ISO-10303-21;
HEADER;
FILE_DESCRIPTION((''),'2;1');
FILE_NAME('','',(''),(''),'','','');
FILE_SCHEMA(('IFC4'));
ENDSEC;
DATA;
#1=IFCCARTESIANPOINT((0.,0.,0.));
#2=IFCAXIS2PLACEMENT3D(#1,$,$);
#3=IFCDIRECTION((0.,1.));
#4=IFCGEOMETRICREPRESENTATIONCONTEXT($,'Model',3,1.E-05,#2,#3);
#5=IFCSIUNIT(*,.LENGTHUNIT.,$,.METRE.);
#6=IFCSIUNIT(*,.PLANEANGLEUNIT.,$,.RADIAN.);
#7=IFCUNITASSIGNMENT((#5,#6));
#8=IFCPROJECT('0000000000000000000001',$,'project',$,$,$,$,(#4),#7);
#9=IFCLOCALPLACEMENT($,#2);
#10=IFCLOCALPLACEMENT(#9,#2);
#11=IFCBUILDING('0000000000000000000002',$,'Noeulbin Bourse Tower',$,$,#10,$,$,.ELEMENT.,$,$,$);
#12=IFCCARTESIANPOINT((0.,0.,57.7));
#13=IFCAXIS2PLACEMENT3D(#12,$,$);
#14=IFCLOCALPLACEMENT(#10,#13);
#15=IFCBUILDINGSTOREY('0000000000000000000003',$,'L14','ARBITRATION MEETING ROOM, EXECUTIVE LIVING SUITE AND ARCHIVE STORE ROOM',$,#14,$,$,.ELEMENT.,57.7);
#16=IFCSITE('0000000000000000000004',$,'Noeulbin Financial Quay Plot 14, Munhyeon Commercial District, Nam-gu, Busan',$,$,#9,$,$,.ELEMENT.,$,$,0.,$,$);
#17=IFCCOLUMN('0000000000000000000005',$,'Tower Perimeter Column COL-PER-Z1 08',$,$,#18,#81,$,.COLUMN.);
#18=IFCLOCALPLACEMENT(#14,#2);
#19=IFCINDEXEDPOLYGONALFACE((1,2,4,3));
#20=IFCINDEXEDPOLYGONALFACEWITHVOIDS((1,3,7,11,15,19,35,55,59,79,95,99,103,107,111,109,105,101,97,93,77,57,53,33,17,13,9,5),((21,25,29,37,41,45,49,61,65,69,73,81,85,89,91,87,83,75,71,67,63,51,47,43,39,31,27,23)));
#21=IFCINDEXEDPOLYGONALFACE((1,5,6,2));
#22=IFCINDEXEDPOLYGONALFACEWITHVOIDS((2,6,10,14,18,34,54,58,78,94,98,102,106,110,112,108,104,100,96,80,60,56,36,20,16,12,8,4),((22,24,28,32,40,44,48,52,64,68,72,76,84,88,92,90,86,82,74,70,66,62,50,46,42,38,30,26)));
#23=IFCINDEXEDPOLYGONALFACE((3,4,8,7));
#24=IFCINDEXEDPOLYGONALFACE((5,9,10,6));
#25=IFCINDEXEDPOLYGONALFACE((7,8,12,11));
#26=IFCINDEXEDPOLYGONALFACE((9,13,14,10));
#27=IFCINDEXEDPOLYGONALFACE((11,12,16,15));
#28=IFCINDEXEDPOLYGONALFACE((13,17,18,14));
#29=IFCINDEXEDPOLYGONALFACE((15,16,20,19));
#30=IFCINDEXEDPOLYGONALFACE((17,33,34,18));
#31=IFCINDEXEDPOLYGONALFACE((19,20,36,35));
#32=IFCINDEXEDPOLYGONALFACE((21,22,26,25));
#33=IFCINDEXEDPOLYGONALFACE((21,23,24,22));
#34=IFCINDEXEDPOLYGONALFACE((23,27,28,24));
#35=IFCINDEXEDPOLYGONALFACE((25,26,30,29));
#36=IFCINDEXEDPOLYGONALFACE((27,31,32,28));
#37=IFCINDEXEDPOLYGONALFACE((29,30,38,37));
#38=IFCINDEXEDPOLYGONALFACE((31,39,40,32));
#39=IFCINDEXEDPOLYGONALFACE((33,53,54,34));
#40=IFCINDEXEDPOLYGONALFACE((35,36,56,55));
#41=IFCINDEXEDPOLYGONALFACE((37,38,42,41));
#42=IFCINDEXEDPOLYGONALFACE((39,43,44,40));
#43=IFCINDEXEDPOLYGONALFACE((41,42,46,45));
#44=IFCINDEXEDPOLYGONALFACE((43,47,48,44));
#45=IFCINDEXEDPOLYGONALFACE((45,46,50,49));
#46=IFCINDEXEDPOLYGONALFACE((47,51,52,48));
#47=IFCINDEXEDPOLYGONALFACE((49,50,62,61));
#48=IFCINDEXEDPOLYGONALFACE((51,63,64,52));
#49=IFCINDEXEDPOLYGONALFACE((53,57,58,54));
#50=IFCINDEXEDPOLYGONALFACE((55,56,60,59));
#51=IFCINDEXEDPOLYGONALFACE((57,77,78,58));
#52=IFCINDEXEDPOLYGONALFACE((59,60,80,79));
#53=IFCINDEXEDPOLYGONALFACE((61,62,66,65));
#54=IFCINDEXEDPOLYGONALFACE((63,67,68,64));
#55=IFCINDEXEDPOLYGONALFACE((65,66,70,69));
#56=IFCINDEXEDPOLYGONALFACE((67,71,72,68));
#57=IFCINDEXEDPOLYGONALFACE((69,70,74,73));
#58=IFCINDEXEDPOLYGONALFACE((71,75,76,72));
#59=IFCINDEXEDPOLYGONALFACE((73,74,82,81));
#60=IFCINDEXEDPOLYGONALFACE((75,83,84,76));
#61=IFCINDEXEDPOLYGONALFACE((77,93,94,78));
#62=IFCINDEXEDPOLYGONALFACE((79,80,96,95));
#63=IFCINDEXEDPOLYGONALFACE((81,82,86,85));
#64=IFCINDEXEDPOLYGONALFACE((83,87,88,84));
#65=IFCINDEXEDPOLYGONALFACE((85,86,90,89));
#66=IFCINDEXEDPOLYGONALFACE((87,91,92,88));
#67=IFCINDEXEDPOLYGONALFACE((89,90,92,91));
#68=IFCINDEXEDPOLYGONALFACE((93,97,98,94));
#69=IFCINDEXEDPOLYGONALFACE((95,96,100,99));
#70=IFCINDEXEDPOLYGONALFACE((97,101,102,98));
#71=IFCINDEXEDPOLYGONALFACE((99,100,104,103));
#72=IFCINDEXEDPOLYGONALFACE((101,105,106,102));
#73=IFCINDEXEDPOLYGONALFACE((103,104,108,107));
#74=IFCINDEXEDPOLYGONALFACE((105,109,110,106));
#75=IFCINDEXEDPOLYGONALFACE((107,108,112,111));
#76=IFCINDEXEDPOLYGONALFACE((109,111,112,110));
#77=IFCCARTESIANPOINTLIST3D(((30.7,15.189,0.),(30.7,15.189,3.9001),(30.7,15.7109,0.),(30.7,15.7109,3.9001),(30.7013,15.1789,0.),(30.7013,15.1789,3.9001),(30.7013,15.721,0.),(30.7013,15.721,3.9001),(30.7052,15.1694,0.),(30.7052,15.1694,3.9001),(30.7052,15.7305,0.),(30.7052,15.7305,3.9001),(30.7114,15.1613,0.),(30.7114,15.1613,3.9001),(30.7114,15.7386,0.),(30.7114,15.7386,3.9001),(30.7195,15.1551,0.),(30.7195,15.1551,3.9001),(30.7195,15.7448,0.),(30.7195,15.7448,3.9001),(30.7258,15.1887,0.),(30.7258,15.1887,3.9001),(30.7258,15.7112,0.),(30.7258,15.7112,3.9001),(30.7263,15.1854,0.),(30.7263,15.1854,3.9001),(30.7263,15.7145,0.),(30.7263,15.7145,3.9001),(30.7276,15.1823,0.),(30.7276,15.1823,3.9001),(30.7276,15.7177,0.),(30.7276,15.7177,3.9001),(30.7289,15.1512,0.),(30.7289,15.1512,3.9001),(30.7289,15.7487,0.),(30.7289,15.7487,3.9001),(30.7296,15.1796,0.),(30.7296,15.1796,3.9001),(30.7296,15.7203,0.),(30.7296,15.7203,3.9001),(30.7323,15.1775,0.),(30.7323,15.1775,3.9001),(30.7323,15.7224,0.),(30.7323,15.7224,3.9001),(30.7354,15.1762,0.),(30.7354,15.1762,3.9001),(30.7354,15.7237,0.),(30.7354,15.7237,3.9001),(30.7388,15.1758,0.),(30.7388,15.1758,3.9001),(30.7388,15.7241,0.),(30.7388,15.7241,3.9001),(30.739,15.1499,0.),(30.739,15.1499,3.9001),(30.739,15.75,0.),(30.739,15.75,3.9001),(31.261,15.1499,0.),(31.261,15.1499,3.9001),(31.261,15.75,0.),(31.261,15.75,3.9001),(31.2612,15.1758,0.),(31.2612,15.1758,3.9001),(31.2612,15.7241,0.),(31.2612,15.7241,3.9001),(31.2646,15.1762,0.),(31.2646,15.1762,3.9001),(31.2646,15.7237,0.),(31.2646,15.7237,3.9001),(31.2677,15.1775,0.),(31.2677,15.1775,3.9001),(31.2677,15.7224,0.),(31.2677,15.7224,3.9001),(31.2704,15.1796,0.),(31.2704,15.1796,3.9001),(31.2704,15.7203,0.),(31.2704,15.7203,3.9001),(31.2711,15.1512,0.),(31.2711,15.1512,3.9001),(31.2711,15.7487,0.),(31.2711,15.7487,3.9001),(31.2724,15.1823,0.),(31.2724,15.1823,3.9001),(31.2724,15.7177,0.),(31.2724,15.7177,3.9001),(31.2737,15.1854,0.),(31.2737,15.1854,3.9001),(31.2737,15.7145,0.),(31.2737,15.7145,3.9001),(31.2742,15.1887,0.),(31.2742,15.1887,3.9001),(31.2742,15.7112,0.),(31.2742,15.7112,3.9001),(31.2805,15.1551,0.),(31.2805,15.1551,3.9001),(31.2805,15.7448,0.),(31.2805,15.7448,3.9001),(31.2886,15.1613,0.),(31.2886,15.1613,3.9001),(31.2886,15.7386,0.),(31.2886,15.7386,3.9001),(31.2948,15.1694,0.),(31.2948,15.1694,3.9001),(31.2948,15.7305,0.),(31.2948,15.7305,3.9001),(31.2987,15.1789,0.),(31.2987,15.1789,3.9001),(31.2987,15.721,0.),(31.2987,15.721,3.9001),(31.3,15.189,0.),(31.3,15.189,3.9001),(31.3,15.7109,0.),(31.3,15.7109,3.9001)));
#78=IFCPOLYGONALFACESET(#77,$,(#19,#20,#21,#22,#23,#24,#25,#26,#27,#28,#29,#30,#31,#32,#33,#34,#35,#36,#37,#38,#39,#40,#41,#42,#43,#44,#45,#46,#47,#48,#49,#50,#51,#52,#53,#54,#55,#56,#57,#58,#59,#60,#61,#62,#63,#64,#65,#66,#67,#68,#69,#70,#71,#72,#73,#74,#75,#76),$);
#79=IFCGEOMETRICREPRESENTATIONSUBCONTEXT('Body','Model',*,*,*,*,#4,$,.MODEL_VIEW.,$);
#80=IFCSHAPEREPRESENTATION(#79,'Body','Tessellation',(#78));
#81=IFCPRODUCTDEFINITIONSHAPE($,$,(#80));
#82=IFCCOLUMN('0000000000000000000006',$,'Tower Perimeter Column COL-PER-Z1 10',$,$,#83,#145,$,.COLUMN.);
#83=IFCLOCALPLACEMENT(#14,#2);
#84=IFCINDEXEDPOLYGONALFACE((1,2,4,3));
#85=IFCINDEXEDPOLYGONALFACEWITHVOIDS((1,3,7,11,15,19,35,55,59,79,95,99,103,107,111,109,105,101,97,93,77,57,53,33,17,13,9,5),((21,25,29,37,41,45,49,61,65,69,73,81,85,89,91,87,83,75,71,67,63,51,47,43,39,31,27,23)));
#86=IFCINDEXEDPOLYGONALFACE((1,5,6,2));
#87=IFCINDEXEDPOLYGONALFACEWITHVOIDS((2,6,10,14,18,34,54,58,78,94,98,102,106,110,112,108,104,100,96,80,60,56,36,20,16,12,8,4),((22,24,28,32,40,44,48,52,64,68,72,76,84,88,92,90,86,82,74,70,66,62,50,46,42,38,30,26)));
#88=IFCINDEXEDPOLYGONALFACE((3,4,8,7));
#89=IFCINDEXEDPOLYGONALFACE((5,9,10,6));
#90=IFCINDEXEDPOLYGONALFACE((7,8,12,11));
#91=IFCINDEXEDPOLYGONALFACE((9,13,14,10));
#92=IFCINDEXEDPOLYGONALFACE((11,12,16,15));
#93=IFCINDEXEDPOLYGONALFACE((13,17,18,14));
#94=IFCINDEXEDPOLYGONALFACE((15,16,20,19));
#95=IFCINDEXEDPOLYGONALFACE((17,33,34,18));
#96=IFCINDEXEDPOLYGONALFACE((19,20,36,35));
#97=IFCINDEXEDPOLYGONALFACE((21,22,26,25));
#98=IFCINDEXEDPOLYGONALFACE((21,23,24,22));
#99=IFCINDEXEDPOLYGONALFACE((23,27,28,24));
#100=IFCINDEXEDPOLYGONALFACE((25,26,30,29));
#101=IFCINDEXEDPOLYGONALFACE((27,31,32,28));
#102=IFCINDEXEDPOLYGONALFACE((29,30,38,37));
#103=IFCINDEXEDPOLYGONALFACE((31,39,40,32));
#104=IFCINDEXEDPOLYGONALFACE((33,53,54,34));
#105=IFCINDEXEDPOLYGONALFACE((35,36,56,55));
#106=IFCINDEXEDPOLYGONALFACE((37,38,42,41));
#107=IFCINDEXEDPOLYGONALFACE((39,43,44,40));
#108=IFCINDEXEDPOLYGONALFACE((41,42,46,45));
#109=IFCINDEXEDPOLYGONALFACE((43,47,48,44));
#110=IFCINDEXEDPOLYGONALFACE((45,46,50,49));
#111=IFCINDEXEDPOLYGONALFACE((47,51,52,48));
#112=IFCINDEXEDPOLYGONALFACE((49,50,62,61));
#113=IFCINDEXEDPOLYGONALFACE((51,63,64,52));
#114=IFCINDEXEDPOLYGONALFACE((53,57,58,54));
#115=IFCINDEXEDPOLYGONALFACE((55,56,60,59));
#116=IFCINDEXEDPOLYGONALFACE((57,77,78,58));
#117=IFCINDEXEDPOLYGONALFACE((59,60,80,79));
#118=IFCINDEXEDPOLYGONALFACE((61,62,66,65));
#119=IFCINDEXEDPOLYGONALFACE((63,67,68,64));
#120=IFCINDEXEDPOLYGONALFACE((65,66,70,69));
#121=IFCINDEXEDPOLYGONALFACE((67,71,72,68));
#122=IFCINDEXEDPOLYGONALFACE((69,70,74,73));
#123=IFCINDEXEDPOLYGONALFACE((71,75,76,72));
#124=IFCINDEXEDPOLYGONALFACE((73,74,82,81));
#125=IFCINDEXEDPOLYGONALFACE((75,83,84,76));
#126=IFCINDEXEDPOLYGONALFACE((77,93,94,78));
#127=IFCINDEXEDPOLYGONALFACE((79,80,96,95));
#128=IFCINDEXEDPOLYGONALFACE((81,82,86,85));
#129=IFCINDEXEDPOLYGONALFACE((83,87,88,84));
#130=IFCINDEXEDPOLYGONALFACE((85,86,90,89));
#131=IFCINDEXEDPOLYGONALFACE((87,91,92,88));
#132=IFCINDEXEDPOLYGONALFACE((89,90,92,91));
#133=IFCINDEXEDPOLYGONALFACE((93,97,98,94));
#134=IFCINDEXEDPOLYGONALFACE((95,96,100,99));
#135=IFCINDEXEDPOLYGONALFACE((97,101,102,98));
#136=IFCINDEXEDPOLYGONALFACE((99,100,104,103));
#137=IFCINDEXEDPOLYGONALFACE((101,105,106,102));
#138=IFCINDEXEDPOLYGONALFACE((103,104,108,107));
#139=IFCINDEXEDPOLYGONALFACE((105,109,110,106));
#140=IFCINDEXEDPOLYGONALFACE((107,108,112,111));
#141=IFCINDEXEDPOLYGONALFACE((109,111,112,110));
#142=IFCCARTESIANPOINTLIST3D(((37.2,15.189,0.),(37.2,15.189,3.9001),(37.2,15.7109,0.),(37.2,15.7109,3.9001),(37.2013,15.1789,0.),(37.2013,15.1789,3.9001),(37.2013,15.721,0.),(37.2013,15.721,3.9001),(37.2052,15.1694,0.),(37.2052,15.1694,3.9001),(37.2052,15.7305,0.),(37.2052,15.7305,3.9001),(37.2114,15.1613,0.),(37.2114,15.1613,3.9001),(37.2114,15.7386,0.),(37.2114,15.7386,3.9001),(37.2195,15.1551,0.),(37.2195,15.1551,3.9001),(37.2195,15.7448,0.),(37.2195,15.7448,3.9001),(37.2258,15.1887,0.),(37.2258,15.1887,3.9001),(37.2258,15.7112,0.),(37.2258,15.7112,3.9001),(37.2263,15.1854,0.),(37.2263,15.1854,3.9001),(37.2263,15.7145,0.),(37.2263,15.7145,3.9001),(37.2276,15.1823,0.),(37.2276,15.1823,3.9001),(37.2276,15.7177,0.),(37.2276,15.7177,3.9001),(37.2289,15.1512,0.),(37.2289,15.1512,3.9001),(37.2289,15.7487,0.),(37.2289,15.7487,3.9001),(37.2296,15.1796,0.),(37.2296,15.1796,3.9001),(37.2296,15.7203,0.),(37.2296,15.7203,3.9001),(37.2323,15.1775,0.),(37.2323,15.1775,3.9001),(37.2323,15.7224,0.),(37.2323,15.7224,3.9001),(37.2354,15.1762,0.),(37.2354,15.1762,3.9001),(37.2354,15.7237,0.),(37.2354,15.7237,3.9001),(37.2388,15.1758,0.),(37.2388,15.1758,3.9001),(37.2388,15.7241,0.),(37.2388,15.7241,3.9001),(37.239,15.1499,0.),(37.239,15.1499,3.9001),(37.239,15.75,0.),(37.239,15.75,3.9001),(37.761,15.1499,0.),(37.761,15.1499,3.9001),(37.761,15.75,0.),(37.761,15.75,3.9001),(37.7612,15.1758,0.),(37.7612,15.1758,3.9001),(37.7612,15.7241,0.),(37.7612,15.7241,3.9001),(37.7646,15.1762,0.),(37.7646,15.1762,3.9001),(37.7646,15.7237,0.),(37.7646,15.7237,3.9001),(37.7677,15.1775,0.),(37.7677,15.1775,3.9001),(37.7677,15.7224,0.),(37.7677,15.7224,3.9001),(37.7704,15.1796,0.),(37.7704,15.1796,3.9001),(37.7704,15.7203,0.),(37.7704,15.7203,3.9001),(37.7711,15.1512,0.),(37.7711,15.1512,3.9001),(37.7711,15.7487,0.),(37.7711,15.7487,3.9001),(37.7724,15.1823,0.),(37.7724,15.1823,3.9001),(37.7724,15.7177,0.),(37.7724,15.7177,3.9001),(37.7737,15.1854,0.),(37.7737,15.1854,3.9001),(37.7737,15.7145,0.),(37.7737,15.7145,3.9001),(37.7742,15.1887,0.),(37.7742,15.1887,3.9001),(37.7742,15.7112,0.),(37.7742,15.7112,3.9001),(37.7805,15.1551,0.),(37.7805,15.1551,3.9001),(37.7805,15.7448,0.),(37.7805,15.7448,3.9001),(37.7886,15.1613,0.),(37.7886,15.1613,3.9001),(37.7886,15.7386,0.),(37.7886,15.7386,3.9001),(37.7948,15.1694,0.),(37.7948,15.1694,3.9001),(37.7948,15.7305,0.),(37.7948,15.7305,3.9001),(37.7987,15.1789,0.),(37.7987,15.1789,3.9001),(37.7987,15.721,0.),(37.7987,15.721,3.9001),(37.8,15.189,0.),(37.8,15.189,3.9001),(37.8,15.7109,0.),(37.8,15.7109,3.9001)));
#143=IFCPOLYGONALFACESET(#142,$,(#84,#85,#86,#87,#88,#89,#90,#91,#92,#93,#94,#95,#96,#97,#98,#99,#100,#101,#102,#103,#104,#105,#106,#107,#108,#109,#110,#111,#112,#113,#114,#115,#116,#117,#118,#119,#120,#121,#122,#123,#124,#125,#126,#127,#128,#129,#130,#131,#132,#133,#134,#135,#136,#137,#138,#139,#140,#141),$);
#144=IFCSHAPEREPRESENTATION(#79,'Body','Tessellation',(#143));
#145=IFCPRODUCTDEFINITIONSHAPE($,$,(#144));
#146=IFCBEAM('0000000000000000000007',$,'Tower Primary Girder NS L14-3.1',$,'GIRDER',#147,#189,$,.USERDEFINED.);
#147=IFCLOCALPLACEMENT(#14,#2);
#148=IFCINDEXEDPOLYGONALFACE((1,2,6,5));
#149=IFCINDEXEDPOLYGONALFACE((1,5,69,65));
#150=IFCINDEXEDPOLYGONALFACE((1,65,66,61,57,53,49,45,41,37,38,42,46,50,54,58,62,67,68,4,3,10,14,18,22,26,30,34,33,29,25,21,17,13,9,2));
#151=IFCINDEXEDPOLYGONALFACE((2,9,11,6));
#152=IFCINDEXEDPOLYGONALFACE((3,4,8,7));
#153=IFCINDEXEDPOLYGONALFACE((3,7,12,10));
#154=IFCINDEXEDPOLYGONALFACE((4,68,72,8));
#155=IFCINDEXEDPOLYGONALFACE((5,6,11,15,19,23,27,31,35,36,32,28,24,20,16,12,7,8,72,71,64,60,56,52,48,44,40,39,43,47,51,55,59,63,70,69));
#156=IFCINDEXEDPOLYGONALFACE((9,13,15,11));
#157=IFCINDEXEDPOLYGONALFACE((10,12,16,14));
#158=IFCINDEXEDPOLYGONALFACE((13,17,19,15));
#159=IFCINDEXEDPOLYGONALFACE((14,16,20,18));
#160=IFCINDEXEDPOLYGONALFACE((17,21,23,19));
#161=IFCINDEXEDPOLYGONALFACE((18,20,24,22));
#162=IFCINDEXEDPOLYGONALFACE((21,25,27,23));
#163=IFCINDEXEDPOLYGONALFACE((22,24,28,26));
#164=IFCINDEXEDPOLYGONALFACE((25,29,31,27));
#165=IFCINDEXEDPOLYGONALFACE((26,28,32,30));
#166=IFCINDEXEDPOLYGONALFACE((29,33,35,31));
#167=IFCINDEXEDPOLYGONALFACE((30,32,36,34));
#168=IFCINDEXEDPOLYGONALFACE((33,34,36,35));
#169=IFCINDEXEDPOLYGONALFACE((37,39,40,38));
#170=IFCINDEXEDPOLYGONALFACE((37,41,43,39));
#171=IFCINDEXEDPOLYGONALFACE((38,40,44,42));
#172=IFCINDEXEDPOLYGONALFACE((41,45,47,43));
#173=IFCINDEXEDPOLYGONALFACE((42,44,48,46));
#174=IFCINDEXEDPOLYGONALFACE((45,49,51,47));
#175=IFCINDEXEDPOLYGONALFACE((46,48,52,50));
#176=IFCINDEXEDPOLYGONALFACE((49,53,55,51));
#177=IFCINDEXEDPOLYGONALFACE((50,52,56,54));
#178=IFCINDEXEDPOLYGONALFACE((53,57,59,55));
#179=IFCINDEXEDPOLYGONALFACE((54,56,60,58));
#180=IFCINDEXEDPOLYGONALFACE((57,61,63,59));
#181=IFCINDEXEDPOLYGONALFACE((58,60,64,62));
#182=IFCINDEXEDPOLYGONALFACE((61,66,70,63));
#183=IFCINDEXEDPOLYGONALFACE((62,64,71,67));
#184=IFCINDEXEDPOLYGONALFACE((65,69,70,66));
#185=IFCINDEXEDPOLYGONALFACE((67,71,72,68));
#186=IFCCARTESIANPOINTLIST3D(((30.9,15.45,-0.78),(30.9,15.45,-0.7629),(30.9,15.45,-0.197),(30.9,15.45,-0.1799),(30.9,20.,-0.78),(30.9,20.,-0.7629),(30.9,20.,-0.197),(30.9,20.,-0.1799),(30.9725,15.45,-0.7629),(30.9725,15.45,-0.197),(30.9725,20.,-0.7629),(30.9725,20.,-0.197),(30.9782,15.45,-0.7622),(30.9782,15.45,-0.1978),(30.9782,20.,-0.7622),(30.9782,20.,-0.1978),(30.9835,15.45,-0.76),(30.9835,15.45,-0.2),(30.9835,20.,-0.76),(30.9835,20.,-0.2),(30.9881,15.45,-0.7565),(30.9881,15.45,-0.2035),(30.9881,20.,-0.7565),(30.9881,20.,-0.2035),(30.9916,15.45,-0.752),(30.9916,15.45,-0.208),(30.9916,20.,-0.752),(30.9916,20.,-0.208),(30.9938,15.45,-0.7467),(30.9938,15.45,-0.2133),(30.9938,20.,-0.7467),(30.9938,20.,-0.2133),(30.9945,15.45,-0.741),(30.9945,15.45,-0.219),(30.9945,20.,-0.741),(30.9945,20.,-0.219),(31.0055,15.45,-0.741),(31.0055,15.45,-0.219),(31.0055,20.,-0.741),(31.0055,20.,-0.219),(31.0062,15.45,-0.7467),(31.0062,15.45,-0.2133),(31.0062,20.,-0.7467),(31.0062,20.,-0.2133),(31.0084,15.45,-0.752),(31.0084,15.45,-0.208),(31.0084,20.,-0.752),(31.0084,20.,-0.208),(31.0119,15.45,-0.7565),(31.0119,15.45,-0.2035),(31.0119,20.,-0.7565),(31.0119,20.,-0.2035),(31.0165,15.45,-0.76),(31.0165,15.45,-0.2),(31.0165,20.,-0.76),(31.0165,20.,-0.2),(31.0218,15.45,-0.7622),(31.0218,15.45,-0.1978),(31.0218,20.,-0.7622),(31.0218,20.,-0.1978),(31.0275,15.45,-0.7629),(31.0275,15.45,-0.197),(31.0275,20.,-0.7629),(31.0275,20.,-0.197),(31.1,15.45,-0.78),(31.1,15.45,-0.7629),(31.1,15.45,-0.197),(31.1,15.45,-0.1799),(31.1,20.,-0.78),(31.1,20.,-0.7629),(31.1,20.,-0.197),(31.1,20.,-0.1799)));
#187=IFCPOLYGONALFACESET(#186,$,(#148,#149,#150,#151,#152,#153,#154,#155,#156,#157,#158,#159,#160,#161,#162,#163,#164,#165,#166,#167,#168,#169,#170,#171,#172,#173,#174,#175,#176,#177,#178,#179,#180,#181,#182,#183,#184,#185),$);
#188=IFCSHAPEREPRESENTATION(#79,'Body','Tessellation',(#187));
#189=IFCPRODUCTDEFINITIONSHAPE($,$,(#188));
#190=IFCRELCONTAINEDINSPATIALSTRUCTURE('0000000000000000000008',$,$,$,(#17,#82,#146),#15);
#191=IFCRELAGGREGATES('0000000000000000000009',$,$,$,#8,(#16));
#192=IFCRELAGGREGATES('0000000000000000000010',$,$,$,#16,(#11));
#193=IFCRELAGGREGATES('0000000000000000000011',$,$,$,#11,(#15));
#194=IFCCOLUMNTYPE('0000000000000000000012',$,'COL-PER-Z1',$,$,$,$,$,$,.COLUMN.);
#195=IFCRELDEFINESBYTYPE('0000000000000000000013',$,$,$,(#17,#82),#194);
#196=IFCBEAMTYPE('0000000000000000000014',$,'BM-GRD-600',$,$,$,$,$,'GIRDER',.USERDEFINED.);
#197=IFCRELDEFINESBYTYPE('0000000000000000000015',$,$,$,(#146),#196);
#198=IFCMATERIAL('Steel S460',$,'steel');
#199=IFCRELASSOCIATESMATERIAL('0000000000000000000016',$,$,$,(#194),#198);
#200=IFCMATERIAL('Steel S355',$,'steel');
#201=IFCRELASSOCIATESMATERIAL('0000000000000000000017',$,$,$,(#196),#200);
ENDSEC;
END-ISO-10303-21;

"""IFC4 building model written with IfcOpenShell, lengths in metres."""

from ifc_helpers import new_model, si_unit, direction, frame, origin, origin_2d, place, context, subcontext, project, spatial, hollow_rectangle, i_section, extrude, material, material_profile, profile_set, type_object, element, save


model = new_model("IFC4")

# Units and contexts
model_context = context("Model", 3, precision=1e-05, world=origin(), true_north=direction((0.0, 1.0)))
body_context = subcontext(model_context, "Body", "Model", "MODEL_VIEW")
ifc_project = project(units=[si_unit("LENGTHUNIT", "METRE"), si_unit("PLANEANGLEUNIT", "RADIAN")], contexts=[model_context])

# Site, building, storey
site_placement = place(None, origin())
site = spatial("IfcSite", under=ifc_project, at=site_placement, Name="Noeulbin Financial Quay Plot 14, Munhyeon Commercial District, Nam-gu, Busan", CompositionType="ELEMENT", RefElevation=0.0)
building_placement = place(site_placement, origin())
building = spatial("IfcBuilding", under=site, at=building_placement, Name="Noeulbin Bourse Tower", CompositionType="ELEMENT")
storey_placement = place(building_placement, frame((0.0, 0.0, 57.7)))
storey = spatial("IfcBuildingStorey", under=building, at=storey_placement, Name="L14", Description="ARBITRATION MEETING ROOM, EXECUTIVE LIVING SUITE AND ARCHIVE STORE ROOM", CompositionType="ELEMENT", Elevation=57.7)

# Columns
ifc_material_1 = material(Name="Steel S460", Category="steel")
ifc_material_profile_1 = material_profile(ifc_material_1, hollow_rectangle(XDim=0.6001, YDim=0.6001, WallThickness=0.0259, InnerFilletRadius=0.0129, OuterFilletRadius=0.0391, at=origin_2d()), Name="BOX-600x600x26", Category="LoadBearing")
ifc_profile_set_1 = profile_set([ifc_material_profile_1], Name="Steel S460")
column_type = type_object("IfcColumnType", Name="COL-PER-Z1", PredefinedType="COLUMN", material=ifc_profile_set_1)
for number, where, z_axis, x_axis, name in (
    (1, (31.0, 15.45, 0.0), (0.0, 0.0, 1.0), (1.0, 0.0, 0.0), "Tower Perimeter Column COL-PER-Z1 08"),
    (2, (37.5, 15.45, 0.0), (0.0, 0.0, 1.0), (1.0, 0.0, 0.0), "Tower Perimeter Column COL-PER-Z1 10"),
):
    element("IfcColumn", number, at=place(storey_placement, frame(where, z_axis=z_axis, x_axis=x_axis)), inside=storey, type_object=column_type, Name=name, PredefinedType="COLUMN", context=body_context, shape_type="SweptSolid", body=[
        extrude(hollow_rectangle(XDim=0.6001, YDim=0.6001, WallThickness=0.0259, InnerFilletRadius=0.0129, OuterFilletRadius=0.0391, at=origin_2d()), origin(), (0.0, 0.0, 1.0), 3.9001),
    ])

# Beam
ifc_material_2 = material(Name="Steel S355", Category="steel")
ifc_material_profile_2 = material_profile(ifc_material_2, i_section(OverallWidth=0.2, OverallDepth=0.6001, WebThickness=0.011, FlangeThickness=0.0171, FilletRadius=0.022, at=origin_2d()), Name="H-600x200x11x17", Category="LoadBearing")
ifc_profile_set_2 = profile_set([ifc_material_profile_2], Name="Steel S355")
beam_type_1 = type_object("IfcBeamType", Name="BM-GRD-600", ElementType="GIRDER", PredefinedType="USERDEFINED", material=ifc_profile_set_2)
for number, where, z_axis, x_axis, name in (
    (3, (31.0, 15.45, -0.48), (0.0, 1.0, 0.0), (-1.0, 0.0, 0.0), "Tower Primary Girder NS L14-3.1"),
):
    element("IfcBeam", number, at=place(storey_placement, frame(where, z_axis=z_axis, x_axis=x_axis)), inside=storey, type_object=beam_type_1, Name=name, ObjectType="GIRDER", PredefinedType="USERDEFINED", context=body_context, shape_type="SweptSolid", body=[
        extrude(i_section(OverallWidth=0.2, OverallDepth=0.6001, WebThickness=0.011, FlangeThickness=0.0171, FilletRadius=0.022, at=origin_2d()), origin(), (0.0, 0.0, 1.0), 4.55),
    ])

save(model, "model.ifc")
